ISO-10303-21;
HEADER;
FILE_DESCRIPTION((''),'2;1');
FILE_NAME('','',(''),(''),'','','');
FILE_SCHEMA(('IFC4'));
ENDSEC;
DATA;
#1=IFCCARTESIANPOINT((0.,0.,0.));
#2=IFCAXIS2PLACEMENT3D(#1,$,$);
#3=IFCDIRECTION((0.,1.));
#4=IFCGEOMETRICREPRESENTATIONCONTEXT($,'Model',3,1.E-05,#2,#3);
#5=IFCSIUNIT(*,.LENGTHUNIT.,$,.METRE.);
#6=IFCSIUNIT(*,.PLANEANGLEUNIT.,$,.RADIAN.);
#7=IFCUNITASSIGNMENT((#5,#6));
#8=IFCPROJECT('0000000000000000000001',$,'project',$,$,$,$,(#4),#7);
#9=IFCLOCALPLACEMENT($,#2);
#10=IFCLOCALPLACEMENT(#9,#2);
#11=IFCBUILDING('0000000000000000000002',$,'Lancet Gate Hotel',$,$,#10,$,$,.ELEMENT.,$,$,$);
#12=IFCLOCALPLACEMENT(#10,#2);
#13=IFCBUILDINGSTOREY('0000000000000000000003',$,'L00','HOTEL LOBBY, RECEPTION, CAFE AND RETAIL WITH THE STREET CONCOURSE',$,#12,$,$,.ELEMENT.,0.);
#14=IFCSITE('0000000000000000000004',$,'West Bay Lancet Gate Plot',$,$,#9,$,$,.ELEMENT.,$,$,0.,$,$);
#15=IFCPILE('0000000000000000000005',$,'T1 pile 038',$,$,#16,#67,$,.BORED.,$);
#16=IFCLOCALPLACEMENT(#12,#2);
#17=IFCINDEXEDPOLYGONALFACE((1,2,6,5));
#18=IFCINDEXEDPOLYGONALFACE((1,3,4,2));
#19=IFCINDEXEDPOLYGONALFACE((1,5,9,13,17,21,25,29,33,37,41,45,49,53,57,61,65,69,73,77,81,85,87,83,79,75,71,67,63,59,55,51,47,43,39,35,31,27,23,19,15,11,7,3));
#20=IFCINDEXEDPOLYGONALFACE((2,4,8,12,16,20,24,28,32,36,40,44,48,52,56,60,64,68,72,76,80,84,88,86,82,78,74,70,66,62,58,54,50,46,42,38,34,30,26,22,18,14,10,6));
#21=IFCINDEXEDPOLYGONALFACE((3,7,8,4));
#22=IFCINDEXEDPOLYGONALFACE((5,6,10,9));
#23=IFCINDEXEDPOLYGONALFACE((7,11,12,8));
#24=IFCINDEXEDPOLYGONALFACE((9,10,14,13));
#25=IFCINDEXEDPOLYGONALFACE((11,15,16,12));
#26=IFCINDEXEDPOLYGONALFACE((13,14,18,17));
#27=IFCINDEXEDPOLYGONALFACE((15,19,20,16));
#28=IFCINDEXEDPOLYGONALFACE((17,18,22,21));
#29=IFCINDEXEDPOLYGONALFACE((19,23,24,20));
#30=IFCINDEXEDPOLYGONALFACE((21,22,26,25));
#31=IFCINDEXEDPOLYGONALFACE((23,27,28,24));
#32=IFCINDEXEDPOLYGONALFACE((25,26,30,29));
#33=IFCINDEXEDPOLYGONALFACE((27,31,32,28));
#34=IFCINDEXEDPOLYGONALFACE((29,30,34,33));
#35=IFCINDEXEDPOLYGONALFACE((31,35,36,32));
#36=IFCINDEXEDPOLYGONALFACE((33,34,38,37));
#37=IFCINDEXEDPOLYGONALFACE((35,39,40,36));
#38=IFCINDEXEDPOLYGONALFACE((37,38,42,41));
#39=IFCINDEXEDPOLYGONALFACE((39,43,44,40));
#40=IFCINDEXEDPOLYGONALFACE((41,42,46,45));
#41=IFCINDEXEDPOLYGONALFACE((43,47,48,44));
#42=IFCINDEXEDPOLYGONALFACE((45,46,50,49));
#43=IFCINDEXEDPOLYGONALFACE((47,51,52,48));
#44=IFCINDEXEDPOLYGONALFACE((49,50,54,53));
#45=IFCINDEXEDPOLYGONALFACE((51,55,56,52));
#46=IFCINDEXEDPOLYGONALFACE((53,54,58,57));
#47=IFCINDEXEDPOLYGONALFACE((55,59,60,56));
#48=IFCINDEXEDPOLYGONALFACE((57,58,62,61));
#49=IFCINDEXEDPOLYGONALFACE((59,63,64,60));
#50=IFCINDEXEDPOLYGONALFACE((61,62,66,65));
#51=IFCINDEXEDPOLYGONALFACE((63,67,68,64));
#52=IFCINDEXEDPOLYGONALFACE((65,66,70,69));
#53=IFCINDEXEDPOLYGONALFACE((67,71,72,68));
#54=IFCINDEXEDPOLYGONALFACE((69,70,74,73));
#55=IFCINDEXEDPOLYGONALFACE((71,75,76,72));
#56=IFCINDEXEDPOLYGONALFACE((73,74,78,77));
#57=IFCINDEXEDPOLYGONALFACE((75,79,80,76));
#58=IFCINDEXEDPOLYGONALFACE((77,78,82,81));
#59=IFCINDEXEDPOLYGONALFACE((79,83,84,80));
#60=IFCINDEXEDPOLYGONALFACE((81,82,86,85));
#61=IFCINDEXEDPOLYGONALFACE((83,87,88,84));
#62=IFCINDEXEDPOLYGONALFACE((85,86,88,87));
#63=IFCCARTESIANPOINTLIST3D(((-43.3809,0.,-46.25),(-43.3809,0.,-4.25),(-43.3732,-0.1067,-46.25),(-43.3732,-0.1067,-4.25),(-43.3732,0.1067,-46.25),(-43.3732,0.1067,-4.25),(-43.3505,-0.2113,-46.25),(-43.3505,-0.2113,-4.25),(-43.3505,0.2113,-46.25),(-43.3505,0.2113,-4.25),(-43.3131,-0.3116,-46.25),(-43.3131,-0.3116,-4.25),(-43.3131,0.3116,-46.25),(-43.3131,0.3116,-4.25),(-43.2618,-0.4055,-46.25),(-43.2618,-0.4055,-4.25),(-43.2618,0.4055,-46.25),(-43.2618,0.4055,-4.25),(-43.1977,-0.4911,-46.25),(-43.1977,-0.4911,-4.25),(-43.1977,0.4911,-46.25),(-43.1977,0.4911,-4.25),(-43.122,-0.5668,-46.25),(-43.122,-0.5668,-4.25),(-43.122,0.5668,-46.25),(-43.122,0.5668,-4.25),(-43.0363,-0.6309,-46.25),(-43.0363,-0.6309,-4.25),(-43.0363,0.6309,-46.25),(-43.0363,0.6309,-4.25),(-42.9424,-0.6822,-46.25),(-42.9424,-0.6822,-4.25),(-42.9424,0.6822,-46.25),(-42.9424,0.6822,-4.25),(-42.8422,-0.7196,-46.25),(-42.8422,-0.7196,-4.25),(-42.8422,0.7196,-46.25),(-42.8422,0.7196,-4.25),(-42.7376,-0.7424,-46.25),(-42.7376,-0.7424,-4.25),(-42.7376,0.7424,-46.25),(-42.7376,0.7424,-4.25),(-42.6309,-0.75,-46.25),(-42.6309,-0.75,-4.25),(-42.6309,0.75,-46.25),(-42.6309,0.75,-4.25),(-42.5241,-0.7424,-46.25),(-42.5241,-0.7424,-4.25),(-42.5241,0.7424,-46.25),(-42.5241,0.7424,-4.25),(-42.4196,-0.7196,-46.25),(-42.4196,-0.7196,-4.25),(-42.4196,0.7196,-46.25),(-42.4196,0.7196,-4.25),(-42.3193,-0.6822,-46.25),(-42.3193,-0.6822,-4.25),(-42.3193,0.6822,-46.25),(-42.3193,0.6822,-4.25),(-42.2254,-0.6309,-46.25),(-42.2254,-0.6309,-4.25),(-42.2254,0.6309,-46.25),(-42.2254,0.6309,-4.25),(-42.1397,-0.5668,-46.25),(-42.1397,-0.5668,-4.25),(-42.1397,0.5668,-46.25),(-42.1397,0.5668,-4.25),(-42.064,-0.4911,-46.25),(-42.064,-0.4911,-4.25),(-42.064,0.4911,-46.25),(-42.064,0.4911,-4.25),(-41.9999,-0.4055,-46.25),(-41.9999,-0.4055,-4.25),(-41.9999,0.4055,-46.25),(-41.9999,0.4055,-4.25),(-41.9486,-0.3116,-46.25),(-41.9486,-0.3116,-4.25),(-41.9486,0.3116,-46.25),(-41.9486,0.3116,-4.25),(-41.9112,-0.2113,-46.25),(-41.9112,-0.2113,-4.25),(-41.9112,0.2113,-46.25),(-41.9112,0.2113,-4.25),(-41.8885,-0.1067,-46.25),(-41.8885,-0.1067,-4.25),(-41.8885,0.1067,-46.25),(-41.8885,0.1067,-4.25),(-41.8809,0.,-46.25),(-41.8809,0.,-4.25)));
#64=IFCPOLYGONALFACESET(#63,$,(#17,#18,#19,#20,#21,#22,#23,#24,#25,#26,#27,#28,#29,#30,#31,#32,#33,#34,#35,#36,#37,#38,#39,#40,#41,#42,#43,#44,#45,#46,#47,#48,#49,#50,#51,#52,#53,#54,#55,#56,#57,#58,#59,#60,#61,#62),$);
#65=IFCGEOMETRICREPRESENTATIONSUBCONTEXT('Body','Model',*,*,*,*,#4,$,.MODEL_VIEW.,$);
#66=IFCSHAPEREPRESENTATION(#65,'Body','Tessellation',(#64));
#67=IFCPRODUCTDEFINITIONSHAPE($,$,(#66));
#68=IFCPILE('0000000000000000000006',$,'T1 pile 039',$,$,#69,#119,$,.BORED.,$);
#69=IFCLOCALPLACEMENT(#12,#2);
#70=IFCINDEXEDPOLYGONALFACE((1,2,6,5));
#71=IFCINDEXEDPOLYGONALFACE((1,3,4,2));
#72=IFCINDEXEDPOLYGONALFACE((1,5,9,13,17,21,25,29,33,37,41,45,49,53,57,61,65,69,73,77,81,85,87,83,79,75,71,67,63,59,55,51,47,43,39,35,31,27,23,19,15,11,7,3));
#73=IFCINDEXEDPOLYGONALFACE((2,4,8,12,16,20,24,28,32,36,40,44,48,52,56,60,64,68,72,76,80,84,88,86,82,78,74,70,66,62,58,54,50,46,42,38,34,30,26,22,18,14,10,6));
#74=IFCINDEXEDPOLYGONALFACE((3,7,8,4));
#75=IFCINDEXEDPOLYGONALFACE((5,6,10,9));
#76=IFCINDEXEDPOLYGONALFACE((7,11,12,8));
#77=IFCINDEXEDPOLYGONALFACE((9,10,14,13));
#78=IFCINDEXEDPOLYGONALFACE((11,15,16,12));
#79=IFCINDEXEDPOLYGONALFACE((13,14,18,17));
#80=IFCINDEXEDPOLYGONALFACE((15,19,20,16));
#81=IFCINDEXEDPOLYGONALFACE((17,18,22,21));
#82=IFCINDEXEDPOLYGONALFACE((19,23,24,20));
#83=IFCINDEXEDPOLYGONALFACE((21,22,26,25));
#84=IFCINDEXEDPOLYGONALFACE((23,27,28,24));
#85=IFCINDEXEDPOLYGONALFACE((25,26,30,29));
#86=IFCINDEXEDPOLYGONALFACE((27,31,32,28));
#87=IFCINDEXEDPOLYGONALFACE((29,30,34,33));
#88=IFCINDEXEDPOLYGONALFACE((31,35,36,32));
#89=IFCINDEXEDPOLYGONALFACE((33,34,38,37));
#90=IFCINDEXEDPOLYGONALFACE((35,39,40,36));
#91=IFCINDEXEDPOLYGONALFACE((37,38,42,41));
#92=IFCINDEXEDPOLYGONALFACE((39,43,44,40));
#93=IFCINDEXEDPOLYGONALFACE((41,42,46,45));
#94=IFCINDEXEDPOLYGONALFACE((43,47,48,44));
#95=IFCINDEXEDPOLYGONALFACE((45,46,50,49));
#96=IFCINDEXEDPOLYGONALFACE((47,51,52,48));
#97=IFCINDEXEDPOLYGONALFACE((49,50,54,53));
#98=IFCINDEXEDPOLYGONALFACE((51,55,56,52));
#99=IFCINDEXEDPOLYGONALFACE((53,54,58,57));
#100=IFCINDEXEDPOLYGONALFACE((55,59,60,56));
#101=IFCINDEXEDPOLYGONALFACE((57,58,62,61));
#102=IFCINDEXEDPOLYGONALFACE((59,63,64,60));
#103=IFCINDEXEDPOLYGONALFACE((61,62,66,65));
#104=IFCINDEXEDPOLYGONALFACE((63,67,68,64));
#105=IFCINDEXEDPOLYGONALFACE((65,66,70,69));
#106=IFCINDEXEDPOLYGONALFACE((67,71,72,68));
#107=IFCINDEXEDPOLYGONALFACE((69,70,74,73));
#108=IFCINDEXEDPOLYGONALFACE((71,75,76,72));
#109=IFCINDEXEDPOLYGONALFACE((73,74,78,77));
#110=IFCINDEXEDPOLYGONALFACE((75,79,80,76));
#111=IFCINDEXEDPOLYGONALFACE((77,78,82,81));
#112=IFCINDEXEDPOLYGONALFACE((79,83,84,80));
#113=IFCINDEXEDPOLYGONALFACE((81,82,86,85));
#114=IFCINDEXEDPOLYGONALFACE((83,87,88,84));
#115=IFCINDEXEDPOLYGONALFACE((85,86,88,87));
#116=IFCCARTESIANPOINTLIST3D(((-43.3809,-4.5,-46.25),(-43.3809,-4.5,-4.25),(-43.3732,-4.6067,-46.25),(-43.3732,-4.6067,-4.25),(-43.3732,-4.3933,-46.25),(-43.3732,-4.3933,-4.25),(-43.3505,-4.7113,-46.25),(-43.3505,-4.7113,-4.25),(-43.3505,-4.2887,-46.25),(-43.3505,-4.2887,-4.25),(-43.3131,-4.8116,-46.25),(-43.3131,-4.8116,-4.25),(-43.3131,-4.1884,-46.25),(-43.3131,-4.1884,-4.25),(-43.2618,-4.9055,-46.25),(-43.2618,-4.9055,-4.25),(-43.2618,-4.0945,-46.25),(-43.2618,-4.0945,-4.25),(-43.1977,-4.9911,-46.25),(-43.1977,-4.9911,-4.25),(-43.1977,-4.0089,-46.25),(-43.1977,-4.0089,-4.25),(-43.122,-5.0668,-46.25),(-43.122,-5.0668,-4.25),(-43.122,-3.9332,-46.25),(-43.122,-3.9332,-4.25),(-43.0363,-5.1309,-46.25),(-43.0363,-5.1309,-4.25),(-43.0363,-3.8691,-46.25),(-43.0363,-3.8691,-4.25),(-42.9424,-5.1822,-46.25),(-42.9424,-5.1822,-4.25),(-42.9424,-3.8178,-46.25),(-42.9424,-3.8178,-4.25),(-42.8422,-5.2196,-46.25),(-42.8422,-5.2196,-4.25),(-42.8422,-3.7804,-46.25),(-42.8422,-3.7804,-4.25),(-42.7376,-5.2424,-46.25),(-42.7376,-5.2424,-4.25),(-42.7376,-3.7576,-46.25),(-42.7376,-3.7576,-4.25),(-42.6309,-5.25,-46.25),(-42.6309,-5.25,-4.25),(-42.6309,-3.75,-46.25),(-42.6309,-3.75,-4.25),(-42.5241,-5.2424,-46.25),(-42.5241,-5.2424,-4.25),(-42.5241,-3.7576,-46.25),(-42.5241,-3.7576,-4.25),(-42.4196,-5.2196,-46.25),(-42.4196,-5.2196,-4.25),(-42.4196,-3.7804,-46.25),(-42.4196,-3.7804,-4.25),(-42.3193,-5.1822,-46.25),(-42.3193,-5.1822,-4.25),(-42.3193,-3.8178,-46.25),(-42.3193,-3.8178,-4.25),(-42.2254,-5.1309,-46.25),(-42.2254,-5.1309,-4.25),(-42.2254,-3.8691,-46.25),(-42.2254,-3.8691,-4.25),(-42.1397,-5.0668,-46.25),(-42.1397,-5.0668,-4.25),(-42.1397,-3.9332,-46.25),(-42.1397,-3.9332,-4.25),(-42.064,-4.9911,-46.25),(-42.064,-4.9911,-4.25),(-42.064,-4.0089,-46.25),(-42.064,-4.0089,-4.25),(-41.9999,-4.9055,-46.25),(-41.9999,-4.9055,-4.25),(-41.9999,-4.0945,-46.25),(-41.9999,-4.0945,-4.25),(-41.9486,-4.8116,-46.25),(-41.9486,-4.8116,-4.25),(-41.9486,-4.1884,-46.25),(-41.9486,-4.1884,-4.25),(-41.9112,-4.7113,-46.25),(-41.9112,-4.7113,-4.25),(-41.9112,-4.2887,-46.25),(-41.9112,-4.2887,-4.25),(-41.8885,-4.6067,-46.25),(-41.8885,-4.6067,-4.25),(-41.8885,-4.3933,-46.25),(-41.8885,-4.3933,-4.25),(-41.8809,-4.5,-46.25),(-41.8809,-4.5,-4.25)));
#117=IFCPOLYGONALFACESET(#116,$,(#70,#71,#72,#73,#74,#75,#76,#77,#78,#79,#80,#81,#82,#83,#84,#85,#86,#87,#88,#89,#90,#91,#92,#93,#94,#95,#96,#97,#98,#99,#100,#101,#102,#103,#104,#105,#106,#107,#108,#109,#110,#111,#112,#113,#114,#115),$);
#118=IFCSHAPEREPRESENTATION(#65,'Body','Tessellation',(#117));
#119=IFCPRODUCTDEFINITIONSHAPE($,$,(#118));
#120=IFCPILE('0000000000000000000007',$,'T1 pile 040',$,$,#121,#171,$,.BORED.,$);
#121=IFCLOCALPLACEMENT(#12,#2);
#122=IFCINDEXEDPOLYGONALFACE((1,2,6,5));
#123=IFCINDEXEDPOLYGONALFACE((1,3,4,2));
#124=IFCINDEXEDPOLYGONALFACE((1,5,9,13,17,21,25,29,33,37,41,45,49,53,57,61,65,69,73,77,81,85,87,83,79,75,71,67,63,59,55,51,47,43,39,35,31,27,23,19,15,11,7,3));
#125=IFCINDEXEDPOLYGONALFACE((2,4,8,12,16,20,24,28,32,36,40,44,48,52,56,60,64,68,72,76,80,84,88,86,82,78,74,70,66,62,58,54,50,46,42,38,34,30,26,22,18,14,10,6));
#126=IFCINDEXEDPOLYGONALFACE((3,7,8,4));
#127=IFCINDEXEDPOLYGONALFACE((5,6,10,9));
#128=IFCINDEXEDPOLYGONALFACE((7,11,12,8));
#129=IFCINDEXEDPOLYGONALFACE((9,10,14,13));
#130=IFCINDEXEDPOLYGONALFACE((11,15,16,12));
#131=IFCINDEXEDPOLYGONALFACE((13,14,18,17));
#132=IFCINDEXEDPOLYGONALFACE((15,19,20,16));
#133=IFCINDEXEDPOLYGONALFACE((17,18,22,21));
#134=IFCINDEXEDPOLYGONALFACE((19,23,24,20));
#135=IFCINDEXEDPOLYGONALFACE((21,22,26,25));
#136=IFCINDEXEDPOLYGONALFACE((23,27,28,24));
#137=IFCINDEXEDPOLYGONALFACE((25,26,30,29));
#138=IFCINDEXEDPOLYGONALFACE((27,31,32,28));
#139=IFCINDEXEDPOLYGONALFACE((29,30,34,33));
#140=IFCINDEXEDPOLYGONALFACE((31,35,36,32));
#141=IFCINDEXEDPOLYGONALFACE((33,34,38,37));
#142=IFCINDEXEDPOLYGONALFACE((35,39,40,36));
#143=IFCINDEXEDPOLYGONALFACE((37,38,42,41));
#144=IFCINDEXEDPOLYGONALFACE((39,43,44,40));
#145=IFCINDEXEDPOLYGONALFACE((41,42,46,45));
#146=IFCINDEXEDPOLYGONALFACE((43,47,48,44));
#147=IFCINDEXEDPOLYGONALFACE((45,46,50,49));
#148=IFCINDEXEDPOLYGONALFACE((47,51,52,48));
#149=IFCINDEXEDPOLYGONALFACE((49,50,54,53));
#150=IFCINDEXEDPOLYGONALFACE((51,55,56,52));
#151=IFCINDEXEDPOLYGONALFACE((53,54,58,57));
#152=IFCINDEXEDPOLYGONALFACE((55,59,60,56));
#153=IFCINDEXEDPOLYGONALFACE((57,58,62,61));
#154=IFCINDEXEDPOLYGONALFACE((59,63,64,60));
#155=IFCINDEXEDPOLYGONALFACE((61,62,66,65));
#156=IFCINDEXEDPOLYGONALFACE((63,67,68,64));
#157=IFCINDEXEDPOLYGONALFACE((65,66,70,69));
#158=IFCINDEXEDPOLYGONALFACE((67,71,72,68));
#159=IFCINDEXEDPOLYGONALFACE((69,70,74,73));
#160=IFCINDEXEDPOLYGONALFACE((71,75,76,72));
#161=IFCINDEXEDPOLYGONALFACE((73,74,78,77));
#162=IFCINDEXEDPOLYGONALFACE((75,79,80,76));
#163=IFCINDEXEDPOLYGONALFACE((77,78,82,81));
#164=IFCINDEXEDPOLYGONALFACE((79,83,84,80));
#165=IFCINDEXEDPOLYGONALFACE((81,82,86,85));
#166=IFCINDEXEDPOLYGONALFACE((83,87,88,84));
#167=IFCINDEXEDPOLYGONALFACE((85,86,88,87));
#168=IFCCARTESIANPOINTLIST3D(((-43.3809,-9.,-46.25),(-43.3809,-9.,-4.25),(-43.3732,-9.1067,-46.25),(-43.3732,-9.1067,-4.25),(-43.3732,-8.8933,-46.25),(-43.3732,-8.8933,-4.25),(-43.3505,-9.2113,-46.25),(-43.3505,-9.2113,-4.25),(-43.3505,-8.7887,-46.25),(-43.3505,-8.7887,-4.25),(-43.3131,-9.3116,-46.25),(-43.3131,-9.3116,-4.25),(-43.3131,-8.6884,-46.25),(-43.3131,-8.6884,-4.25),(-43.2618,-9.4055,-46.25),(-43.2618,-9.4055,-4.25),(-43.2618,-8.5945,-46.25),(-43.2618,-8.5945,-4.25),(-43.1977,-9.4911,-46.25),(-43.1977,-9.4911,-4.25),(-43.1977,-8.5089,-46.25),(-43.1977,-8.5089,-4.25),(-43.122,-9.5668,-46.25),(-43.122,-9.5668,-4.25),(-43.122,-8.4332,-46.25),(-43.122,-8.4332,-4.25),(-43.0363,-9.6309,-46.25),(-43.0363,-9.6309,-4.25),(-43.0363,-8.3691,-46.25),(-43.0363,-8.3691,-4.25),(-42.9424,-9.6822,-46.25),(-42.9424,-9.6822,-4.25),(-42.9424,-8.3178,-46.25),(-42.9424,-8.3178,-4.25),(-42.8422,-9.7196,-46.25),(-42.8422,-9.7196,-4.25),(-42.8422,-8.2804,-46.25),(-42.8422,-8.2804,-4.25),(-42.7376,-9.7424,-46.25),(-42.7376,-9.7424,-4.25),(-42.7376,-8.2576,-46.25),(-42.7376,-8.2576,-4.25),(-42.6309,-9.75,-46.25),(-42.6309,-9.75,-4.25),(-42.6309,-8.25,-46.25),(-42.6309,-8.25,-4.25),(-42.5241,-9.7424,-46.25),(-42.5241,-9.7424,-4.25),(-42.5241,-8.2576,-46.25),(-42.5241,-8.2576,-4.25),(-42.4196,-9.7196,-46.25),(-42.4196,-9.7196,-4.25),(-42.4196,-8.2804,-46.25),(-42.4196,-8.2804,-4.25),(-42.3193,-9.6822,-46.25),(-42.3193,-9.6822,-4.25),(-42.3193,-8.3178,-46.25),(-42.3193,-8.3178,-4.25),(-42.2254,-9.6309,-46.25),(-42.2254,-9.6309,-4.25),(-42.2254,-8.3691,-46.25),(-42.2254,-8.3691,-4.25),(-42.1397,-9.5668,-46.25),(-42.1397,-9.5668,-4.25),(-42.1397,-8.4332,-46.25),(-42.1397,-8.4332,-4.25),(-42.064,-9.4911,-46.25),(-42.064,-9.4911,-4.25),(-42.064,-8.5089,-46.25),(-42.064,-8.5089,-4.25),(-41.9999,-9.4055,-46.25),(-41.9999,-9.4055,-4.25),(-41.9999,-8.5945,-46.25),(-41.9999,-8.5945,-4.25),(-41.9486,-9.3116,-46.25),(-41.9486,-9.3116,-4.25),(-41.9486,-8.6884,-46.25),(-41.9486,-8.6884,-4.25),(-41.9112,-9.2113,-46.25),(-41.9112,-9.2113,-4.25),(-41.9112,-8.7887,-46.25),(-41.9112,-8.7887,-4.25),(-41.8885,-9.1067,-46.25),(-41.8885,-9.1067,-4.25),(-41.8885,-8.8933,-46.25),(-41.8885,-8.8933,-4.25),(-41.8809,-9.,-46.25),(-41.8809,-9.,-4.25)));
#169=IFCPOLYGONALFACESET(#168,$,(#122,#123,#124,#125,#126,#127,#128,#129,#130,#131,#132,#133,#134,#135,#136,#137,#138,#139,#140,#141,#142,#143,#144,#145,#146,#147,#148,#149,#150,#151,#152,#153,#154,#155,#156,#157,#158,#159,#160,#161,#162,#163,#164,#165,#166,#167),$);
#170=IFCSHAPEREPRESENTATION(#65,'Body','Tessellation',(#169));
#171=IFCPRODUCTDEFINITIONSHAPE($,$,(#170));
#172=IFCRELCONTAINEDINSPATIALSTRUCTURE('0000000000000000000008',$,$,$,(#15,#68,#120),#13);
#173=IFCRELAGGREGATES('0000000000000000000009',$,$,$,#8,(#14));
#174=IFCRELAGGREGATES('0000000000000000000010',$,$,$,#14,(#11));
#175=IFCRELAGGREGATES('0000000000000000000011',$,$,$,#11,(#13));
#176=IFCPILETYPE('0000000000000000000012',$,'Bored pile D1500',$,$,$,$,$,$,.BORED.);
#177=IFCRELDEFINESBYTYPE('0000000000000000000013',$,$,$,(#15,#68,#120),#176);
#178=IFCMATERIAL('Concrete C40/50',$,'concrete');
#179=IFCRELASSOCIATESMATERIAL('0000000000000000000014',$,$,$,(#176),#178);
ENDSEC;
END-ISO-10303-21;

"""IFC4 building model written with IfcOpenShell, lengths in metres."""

from ifc_helpers import new_model, si_unit, direction, frame, origin, origin_2d, place, context, subcontext, project, spatial, circle, extrude, material, material_profile, profile_set, type_object, element, save


model = new_model("IFC4")

# Units and contexts
model_context = context("Model", 3, precision=1e-05, world=origin(), true_north=direction((0.0, 1.0)))
body_context = subcontext(model_context, "Body", "Model", "MODEL_VIEW")
ifc_project = project(units=[si_unit("LENGTHUNIT", "METRE"), si_unit("PLANEANGLEUNIT", "RADIAN")], contexts=[model_context])

# Site, building, storey
site_placement = place(None, origin())
site = spatial("IfcSite", under=ifc_project, at=site_placement, Name="West Bay Lancet Gate Plot", CompositionType="ELEMENT", RefElevation=0.0)
building_placement = place(site_placement, origin())
building = spatial("IfcBuilding", under=site, at=building_placement, Name="Lancet Gate Hotel", CompositionType="ELEMENT")
storey_placement = place(building_placement, origin())
storey = spatial("IfcBuildingStorey", under=building, at=storey_placement, Name="L00", Description="HOTEL LOBBY, RECEPTION, CAFE AND RETAIL WITH THE STREET CONCOURSE", CompositionType="ELEMENT", Elevation=0.0)

# Piles
ifc_material_1 = material(Name="Concrete C40/50", Category="concrete")
ifc_material_profile_1 = material_profile(ifc_material_1, circle(Radius=0.75, at=origin_2d()), Name="PILE D1500")
ifc_profile_set_1 = profile_set([ifc_material_profile_1], Name="Concrete C40/50")
pile_type = type_object("IfcPileType", Name="Bored pile D1500", PredefinedType="BORED", material=ifc_profile_set_1)
for number, where, z_axis, x_axis, name in (
    (1, (-42.6309, 0.0, -4.25), (0.0, 0.0, -1.0), (1.0, 0.0, 0.0), "T1 pile 038"),
    (2, (-42.6309, -4.5, -4.25), (0.0, 0.0, -1.0), (1.0, 0.0, 0.0), "T1 pile 039"),
    (3, (-42.6309, -9.0, -4.25), (0.0, 0.0, -1.0), (1.0, 0.0, 0.0), "T1 pile 040"),
):
    element("IfcPile", number, at=place(storey_placement, frame(where, z_axis=z_axis, x_axis=x_axis)), inside=storey, type_object=pile_type, Name=name, PredefinedType="BORED", context=body_context, shape_type="SweptSolid", body=[
        extrude(circle(Radius=0.75, at=origin_2d()), origin(), (0.0, 0.0, 1.0), 42.0),
    ])

save(model, "model.ifc")
